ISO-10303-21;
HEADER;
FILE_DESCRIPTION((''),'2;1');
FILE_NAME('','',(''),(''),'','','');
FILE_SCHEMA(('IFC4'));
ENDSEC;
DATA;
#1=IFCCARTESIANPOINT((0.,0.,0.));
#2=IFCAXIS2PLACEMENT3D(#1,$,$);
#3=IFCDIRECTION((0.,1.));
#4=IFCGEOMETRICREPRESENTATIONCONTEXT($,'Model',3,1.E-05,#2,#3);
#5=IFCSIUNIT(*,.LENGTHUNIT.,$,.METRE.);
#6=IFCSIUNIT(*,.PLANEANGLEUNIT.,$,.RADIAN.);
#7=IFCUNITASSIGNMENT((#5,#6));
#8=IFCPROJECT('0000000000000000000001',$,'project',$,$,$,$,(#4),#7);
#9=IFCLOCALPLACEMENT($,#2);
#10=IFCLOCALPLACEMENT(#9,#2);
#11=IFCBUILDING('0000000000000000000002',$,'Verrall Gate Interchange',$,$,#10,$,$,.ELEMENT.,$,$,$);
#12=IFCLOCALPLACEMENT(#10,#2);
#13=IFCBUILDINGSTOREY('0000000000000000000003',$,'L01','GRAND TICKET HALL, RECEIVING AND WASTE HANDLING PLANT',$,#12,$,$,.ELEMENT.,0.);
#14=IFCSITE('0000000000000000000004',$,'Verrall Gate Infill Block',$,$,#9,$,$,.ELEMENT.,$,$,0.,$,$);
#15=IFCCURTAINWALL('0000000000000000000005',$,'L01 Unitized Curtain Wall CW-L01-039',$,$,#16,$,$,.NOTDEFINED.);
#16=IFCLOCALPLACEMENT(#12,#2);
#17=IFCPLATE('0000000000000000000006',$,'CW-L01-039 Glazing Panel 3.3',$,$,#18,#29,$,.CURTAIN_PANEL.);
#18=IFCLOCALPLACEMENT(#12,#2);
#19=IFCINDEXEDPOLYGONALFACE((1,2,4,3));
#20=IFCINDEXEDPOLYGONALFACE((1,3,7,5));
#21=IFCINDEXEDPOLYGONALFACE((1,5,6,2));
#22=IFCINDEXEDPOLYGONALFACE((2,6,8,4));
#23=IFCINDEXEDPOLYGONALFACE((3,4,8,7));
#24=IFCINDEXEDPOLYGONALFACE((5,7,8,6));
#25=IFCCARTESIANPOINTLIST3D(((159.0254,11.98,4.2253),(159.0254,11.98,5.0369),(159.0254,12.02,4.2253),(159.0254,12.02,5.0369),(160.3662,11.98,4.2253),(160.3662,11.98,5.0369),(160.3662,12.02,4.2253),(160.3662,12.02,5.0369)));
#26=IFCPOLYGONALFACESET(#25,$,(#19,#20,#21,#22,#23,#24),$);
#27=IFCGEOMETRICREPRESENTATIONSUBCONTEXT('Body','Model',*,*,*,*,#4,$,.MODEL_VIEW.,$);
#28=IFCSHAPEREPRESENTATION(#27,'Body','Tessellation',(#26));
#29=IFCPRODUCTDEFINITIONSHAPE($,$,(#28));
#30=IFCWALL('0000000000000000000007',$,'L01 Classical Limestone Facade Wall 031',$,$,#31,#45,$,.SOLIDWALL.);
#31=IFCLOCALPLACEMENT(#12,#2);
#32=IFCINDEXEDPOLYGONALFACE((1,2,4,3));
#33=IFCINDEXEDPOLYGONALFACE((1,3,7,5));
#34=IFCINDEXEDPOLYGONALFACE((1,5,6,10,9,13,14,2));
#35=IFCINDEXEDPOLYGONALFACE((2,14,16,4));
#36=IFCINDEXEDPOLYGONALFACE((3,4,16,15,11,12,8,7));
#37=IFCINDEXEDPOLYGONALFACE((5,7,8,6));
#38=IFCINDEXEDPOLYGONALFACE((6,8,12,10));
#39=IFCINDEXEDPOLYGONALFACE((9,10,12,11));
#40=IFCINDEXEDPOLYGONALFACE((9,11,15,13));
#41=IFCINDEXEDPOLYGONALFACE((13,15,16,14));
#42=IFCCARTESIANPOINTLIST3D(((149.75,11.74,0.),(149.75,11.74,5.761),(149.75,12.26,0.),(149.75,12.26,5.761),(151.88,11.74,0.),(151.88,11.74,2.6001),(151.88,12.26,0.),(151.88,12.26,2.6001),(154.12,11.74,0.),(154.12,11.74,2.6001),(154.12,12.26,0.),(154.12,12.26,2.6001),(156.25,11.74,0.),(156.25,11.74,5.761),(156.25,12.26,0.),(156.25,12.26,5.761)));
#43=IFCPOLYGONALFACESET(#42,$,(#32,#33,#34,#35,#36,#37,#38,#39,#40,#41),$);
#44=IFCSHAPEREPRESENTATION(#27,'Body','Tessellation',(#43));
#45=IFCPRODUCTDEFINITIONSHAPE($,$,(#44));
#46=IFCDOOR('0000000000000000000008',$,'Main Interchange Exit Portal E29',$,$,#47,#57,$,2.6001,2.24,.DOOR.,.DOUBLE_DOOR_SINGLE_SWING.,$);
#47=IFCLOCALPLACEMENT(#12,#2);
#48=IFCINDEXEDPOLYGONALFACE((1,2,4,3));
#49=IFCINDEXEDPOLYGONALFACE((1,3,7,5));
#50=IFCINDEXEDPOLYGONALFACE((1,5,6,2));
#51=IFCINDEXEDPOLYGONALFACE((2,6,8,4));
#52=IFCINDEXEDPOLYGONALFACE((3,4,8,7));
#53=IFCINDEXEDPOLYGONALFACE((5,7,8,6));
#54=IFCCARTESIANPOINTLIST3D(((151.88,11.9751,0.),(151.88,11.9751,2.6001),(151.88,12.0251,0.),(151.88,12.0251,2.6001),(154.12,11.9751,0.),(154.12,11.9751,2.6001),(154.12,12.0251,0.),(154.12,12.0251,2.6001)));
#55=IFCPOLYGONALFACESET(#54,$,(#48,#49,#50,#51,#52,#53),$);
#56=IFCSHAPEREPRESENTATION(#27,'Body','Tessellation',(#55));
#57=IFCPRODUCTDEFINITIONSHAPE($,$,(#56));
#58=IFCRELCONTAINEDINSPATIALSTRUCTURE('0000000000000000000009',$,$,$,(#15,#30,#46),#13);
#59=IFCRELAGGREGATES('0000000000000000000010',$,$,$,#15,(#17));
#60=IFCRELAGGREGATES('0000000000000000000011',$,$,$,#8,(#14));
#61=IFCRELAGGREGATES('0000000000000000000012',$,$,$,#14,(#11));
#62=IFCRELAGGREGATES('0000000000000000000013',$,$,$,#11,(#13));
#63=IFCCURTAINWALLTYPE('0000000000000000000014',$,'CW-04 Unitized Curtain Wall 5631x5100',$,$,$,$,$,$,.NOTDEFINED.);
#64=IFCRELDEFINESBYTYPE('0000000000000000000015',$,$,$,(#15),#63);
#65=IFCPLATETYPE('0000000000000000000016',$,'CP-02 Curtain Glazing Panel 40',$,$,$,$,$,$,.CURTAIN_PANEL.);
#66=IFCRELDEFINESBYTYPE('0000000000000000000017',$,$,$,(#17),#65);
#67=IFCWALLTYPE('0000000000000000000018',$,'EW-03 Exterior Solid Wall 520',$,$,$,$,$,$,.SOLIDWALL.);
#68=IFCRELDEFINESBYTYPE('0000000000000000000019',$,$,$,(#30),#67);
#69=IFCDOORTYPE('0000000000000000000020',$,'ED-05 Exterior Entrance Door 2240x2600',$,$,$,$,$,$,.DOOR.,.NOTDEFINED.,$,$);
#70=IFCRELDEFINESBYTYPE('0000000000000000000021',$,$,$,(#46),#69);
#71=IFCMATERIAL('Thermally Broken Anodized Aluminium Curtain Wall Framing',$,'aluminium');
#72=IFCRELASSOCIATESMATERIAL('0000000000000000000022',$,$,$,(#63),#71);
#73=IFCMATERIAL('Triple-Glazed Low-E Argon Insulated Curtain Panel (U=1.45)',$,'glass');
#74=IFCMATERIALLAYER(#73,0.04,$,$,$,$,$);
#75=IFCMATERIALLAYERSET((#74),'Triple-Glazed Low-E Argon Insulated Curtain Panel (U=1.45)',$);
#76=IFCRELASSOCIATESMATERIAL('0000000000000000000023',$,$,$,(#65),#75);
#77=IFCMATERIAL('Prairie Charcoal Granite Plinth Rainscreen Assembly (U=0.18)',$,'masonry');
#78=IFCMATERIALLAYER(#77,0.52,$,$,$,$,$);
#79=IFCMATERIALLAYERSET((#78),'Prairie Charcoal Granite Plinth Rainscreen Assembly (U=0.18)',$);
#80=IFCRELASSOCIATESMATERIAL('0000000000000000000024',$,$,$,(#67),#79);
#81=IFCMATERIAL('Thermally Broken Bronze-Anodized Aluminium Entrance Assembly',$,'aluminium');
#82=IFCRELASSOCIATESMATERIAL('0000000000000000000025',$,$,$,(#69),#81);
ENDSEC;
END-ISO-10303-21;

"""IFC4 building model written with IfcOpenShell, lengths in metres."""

from ifc_helpers import new_model, si_unit, direction, frame, frame_2d, origin, origin_2d, place, context, subcontext, project, spatial, rectangle, extrude, material, layer, layer_set, type_object, element, fill, aggregate, save


model = new_model("IFC4")

# Units and contexts
model_context = context("Model", 3, precision=1e-05, world=origin(), true_north=direction((0.0, 1.0)))
body_context = subcontext(model_context, "Body", "Model", "MODEL_VIEW")
ifc_project = project(units=[si_unit("LENGTHUNIT", "METRE"), si_unit("PLANEANGLEUNIT", "RADIAN")], contexts=[model_context])

# Site, building, storey
site_placement = place(None, origin())
site = spatial("IfcSite", under=ifc_project, at=site_placement, Name="Verrall Gate Infill Block", CompositionType="ELEMENT", RefElevation=0.0)
building_placement = place(site_placement, origin())
building = spatial("IfcBuilding", under=site, at=building_placement, Name="Verrall Gate Interchange", CompositionType="ELEMENT")
storey_placement = place(building_placement, origin())
storey = spatial("IfcBuildingStorey", under=building, at=storey_placement, Name="L01", Description="GRAND TICKET HALL, RECEIVING AND WASTE HANDLING PLANT", CompositionType="ELEMENT", Elevation=0.0)

# Curtain wall
ifc_material_1 = material(Name="Thermally Broken Anodized Aluminium Curtain Wall Framing", Category="aluminium")
curtain_wall_type = type_object("IfcCurtainWallType", Name="CW-04 Unitized Curtain Wall 5631x5100", PredefinedType="NOTDEFINED", material=ifc_material_1)
curtain_wall_placement = place(storey_placement, origin())
curtain_wall = element("IfcCurtainWall", 1, at=curtain_wall_placement, inside=storey, type_object=curtain_wall_type, Name="L01 Unitized Curtain Wall CW-L01-039", PredefinedType="NOTDEFINED")

# Plate
ifc_material_2 = material(Name="Triple-Glazed Low-E Argon Insulated Curtain Panel (U=1.45)", Category="glass")
ifc_layer_1 = layer(ifc_material_2, 0.04)
ifc_layer_set_1 = layer_set([ifc_layer_1], Name="Triple-Glazed Low-E Argon Insulated Curtain Panel (U=1.45)")
plate_type_1 = type_object("IfcPlateType", Name="CP-02 Curtain Glazing Panel 40", PredefinedType="CURTAIN_PANEL", material=ifc_layer_set_1)
plate_1_placement = place(storey_placement, frame((159.6958, 12.0, 4.2253), z_axis=(0.0, 0.0, 1.0), x_axis=(1.0, 0.0, 0.0)))
plate_1 = element("IfcPlate", 2, at=plate_1_placement, type_object=plate_type_1, Name="CW-L01-039 Glazing Panel 3.3", PredefinedType="CURTAIN_PANEL", context=body_context, shape_type="SweptSolid", body=[
    extrude(rectangle(XDim=1.3408, YDim=0.04, at=origin_2d()), origin(), (0.0, 0.0, 1.0), 0.8115),
])
aggregate(curtain_wall, [plate_1])

# Wall, opening, door
ifc_material_3 = material(Name="Prairie Charcoal Granite Plinth Rainscreen Assembly (U=0.18)", Category="masonry")
ifc_layer_2 = layer(ifc_material_3, 0.52)
ifc_layer_set_2 = layer_set([ifc_layer_2], Name="Prairie Charcoal Granite Plinth Rainscreen Assembly (U=0.18)")
wall_type = type_object("IfcWallType", Name="EW-03 Exterior Solid Wall 520", PredefinedType="SOLIDWALL", material=ifc_layer_set_2)
wall_placement = place(storey_placement, frame((156.25, 12.0, 0.0), z_axis=(0.0, 0.0, 1.0), x_axis=(-1.0, 0.0, 0.0)))
wall = element("IfcWall", 3, at=wall_placement, inside=storey, type_object=wall_type, Name="L01 Classical Limestone Facade Wall 031", PredefinedType="SOLIDWALL", context=body_context, shape_type="SweptSolid", body=[
    extrude(rectangle(XDim=6.5, YDim=0.52, at=frame_2d((3.25, 0.0))), origin(), (0.0, 0.0, 1.0), 5.761),
])
opening_placement = place(wall_placement, frame((2.1299, 0.0, 0.0)))
opening = element("IfcOpeningElement", 4, at=opening_placement, cuts=wall, PredefinedType="OPENING", context=body_context, shape_type="SweptSolid", body=[
    extrude(rectangle(XDim=2.24, YDim=2.6001, at=frame_2d((1.1201, 1.3))), frame((0.0, 0.2749, 0.0), z_axis=(0.0, -1.0, 0.0), x_axis=(1.0, 0.0, 0.0)), (0.0, 0.0, 1.0), 0.5498),
])
ifc_material_4 = material(Name="Thermally Broken Bronze-Anodized Aluminium Entrance Assembly", Category="aluminium")
door_type = type_object("IfcDoorType", Name="ED-05 Exterior Entrance Door 2240x2600", OperationType="NOTDEFINED", PredefinedType="DOOR", material=ifc_material_4)
door_placement = place(opening_placement, origin())
door = element("IfcDoor", 5, at=door_placement, inside=storey, type_object=door_type, Name="Main Interchange Exit Portal E29", OperationType="DOUBLE_DOOR_SINGLE_SWING", OverallHeight=2.6001, OverallWidth=2.24, PredefinedType="DOOR", context=body_context, shape_type="SweptSolid", body=[
    extrude(rectangle(XDim=2.24, YDim=2.6001, at=frame_2d((1.1201, 1.3))), frame((0.0, 0.0249, 0.0), z_axis=(0.0, -1.0, 0.0), x_axis=(1.0, 0.0, 0.0)), (0.0, 0.0, 1.0), 0.05),
])
fill(opening, door)

save(model, "model.ifc")
